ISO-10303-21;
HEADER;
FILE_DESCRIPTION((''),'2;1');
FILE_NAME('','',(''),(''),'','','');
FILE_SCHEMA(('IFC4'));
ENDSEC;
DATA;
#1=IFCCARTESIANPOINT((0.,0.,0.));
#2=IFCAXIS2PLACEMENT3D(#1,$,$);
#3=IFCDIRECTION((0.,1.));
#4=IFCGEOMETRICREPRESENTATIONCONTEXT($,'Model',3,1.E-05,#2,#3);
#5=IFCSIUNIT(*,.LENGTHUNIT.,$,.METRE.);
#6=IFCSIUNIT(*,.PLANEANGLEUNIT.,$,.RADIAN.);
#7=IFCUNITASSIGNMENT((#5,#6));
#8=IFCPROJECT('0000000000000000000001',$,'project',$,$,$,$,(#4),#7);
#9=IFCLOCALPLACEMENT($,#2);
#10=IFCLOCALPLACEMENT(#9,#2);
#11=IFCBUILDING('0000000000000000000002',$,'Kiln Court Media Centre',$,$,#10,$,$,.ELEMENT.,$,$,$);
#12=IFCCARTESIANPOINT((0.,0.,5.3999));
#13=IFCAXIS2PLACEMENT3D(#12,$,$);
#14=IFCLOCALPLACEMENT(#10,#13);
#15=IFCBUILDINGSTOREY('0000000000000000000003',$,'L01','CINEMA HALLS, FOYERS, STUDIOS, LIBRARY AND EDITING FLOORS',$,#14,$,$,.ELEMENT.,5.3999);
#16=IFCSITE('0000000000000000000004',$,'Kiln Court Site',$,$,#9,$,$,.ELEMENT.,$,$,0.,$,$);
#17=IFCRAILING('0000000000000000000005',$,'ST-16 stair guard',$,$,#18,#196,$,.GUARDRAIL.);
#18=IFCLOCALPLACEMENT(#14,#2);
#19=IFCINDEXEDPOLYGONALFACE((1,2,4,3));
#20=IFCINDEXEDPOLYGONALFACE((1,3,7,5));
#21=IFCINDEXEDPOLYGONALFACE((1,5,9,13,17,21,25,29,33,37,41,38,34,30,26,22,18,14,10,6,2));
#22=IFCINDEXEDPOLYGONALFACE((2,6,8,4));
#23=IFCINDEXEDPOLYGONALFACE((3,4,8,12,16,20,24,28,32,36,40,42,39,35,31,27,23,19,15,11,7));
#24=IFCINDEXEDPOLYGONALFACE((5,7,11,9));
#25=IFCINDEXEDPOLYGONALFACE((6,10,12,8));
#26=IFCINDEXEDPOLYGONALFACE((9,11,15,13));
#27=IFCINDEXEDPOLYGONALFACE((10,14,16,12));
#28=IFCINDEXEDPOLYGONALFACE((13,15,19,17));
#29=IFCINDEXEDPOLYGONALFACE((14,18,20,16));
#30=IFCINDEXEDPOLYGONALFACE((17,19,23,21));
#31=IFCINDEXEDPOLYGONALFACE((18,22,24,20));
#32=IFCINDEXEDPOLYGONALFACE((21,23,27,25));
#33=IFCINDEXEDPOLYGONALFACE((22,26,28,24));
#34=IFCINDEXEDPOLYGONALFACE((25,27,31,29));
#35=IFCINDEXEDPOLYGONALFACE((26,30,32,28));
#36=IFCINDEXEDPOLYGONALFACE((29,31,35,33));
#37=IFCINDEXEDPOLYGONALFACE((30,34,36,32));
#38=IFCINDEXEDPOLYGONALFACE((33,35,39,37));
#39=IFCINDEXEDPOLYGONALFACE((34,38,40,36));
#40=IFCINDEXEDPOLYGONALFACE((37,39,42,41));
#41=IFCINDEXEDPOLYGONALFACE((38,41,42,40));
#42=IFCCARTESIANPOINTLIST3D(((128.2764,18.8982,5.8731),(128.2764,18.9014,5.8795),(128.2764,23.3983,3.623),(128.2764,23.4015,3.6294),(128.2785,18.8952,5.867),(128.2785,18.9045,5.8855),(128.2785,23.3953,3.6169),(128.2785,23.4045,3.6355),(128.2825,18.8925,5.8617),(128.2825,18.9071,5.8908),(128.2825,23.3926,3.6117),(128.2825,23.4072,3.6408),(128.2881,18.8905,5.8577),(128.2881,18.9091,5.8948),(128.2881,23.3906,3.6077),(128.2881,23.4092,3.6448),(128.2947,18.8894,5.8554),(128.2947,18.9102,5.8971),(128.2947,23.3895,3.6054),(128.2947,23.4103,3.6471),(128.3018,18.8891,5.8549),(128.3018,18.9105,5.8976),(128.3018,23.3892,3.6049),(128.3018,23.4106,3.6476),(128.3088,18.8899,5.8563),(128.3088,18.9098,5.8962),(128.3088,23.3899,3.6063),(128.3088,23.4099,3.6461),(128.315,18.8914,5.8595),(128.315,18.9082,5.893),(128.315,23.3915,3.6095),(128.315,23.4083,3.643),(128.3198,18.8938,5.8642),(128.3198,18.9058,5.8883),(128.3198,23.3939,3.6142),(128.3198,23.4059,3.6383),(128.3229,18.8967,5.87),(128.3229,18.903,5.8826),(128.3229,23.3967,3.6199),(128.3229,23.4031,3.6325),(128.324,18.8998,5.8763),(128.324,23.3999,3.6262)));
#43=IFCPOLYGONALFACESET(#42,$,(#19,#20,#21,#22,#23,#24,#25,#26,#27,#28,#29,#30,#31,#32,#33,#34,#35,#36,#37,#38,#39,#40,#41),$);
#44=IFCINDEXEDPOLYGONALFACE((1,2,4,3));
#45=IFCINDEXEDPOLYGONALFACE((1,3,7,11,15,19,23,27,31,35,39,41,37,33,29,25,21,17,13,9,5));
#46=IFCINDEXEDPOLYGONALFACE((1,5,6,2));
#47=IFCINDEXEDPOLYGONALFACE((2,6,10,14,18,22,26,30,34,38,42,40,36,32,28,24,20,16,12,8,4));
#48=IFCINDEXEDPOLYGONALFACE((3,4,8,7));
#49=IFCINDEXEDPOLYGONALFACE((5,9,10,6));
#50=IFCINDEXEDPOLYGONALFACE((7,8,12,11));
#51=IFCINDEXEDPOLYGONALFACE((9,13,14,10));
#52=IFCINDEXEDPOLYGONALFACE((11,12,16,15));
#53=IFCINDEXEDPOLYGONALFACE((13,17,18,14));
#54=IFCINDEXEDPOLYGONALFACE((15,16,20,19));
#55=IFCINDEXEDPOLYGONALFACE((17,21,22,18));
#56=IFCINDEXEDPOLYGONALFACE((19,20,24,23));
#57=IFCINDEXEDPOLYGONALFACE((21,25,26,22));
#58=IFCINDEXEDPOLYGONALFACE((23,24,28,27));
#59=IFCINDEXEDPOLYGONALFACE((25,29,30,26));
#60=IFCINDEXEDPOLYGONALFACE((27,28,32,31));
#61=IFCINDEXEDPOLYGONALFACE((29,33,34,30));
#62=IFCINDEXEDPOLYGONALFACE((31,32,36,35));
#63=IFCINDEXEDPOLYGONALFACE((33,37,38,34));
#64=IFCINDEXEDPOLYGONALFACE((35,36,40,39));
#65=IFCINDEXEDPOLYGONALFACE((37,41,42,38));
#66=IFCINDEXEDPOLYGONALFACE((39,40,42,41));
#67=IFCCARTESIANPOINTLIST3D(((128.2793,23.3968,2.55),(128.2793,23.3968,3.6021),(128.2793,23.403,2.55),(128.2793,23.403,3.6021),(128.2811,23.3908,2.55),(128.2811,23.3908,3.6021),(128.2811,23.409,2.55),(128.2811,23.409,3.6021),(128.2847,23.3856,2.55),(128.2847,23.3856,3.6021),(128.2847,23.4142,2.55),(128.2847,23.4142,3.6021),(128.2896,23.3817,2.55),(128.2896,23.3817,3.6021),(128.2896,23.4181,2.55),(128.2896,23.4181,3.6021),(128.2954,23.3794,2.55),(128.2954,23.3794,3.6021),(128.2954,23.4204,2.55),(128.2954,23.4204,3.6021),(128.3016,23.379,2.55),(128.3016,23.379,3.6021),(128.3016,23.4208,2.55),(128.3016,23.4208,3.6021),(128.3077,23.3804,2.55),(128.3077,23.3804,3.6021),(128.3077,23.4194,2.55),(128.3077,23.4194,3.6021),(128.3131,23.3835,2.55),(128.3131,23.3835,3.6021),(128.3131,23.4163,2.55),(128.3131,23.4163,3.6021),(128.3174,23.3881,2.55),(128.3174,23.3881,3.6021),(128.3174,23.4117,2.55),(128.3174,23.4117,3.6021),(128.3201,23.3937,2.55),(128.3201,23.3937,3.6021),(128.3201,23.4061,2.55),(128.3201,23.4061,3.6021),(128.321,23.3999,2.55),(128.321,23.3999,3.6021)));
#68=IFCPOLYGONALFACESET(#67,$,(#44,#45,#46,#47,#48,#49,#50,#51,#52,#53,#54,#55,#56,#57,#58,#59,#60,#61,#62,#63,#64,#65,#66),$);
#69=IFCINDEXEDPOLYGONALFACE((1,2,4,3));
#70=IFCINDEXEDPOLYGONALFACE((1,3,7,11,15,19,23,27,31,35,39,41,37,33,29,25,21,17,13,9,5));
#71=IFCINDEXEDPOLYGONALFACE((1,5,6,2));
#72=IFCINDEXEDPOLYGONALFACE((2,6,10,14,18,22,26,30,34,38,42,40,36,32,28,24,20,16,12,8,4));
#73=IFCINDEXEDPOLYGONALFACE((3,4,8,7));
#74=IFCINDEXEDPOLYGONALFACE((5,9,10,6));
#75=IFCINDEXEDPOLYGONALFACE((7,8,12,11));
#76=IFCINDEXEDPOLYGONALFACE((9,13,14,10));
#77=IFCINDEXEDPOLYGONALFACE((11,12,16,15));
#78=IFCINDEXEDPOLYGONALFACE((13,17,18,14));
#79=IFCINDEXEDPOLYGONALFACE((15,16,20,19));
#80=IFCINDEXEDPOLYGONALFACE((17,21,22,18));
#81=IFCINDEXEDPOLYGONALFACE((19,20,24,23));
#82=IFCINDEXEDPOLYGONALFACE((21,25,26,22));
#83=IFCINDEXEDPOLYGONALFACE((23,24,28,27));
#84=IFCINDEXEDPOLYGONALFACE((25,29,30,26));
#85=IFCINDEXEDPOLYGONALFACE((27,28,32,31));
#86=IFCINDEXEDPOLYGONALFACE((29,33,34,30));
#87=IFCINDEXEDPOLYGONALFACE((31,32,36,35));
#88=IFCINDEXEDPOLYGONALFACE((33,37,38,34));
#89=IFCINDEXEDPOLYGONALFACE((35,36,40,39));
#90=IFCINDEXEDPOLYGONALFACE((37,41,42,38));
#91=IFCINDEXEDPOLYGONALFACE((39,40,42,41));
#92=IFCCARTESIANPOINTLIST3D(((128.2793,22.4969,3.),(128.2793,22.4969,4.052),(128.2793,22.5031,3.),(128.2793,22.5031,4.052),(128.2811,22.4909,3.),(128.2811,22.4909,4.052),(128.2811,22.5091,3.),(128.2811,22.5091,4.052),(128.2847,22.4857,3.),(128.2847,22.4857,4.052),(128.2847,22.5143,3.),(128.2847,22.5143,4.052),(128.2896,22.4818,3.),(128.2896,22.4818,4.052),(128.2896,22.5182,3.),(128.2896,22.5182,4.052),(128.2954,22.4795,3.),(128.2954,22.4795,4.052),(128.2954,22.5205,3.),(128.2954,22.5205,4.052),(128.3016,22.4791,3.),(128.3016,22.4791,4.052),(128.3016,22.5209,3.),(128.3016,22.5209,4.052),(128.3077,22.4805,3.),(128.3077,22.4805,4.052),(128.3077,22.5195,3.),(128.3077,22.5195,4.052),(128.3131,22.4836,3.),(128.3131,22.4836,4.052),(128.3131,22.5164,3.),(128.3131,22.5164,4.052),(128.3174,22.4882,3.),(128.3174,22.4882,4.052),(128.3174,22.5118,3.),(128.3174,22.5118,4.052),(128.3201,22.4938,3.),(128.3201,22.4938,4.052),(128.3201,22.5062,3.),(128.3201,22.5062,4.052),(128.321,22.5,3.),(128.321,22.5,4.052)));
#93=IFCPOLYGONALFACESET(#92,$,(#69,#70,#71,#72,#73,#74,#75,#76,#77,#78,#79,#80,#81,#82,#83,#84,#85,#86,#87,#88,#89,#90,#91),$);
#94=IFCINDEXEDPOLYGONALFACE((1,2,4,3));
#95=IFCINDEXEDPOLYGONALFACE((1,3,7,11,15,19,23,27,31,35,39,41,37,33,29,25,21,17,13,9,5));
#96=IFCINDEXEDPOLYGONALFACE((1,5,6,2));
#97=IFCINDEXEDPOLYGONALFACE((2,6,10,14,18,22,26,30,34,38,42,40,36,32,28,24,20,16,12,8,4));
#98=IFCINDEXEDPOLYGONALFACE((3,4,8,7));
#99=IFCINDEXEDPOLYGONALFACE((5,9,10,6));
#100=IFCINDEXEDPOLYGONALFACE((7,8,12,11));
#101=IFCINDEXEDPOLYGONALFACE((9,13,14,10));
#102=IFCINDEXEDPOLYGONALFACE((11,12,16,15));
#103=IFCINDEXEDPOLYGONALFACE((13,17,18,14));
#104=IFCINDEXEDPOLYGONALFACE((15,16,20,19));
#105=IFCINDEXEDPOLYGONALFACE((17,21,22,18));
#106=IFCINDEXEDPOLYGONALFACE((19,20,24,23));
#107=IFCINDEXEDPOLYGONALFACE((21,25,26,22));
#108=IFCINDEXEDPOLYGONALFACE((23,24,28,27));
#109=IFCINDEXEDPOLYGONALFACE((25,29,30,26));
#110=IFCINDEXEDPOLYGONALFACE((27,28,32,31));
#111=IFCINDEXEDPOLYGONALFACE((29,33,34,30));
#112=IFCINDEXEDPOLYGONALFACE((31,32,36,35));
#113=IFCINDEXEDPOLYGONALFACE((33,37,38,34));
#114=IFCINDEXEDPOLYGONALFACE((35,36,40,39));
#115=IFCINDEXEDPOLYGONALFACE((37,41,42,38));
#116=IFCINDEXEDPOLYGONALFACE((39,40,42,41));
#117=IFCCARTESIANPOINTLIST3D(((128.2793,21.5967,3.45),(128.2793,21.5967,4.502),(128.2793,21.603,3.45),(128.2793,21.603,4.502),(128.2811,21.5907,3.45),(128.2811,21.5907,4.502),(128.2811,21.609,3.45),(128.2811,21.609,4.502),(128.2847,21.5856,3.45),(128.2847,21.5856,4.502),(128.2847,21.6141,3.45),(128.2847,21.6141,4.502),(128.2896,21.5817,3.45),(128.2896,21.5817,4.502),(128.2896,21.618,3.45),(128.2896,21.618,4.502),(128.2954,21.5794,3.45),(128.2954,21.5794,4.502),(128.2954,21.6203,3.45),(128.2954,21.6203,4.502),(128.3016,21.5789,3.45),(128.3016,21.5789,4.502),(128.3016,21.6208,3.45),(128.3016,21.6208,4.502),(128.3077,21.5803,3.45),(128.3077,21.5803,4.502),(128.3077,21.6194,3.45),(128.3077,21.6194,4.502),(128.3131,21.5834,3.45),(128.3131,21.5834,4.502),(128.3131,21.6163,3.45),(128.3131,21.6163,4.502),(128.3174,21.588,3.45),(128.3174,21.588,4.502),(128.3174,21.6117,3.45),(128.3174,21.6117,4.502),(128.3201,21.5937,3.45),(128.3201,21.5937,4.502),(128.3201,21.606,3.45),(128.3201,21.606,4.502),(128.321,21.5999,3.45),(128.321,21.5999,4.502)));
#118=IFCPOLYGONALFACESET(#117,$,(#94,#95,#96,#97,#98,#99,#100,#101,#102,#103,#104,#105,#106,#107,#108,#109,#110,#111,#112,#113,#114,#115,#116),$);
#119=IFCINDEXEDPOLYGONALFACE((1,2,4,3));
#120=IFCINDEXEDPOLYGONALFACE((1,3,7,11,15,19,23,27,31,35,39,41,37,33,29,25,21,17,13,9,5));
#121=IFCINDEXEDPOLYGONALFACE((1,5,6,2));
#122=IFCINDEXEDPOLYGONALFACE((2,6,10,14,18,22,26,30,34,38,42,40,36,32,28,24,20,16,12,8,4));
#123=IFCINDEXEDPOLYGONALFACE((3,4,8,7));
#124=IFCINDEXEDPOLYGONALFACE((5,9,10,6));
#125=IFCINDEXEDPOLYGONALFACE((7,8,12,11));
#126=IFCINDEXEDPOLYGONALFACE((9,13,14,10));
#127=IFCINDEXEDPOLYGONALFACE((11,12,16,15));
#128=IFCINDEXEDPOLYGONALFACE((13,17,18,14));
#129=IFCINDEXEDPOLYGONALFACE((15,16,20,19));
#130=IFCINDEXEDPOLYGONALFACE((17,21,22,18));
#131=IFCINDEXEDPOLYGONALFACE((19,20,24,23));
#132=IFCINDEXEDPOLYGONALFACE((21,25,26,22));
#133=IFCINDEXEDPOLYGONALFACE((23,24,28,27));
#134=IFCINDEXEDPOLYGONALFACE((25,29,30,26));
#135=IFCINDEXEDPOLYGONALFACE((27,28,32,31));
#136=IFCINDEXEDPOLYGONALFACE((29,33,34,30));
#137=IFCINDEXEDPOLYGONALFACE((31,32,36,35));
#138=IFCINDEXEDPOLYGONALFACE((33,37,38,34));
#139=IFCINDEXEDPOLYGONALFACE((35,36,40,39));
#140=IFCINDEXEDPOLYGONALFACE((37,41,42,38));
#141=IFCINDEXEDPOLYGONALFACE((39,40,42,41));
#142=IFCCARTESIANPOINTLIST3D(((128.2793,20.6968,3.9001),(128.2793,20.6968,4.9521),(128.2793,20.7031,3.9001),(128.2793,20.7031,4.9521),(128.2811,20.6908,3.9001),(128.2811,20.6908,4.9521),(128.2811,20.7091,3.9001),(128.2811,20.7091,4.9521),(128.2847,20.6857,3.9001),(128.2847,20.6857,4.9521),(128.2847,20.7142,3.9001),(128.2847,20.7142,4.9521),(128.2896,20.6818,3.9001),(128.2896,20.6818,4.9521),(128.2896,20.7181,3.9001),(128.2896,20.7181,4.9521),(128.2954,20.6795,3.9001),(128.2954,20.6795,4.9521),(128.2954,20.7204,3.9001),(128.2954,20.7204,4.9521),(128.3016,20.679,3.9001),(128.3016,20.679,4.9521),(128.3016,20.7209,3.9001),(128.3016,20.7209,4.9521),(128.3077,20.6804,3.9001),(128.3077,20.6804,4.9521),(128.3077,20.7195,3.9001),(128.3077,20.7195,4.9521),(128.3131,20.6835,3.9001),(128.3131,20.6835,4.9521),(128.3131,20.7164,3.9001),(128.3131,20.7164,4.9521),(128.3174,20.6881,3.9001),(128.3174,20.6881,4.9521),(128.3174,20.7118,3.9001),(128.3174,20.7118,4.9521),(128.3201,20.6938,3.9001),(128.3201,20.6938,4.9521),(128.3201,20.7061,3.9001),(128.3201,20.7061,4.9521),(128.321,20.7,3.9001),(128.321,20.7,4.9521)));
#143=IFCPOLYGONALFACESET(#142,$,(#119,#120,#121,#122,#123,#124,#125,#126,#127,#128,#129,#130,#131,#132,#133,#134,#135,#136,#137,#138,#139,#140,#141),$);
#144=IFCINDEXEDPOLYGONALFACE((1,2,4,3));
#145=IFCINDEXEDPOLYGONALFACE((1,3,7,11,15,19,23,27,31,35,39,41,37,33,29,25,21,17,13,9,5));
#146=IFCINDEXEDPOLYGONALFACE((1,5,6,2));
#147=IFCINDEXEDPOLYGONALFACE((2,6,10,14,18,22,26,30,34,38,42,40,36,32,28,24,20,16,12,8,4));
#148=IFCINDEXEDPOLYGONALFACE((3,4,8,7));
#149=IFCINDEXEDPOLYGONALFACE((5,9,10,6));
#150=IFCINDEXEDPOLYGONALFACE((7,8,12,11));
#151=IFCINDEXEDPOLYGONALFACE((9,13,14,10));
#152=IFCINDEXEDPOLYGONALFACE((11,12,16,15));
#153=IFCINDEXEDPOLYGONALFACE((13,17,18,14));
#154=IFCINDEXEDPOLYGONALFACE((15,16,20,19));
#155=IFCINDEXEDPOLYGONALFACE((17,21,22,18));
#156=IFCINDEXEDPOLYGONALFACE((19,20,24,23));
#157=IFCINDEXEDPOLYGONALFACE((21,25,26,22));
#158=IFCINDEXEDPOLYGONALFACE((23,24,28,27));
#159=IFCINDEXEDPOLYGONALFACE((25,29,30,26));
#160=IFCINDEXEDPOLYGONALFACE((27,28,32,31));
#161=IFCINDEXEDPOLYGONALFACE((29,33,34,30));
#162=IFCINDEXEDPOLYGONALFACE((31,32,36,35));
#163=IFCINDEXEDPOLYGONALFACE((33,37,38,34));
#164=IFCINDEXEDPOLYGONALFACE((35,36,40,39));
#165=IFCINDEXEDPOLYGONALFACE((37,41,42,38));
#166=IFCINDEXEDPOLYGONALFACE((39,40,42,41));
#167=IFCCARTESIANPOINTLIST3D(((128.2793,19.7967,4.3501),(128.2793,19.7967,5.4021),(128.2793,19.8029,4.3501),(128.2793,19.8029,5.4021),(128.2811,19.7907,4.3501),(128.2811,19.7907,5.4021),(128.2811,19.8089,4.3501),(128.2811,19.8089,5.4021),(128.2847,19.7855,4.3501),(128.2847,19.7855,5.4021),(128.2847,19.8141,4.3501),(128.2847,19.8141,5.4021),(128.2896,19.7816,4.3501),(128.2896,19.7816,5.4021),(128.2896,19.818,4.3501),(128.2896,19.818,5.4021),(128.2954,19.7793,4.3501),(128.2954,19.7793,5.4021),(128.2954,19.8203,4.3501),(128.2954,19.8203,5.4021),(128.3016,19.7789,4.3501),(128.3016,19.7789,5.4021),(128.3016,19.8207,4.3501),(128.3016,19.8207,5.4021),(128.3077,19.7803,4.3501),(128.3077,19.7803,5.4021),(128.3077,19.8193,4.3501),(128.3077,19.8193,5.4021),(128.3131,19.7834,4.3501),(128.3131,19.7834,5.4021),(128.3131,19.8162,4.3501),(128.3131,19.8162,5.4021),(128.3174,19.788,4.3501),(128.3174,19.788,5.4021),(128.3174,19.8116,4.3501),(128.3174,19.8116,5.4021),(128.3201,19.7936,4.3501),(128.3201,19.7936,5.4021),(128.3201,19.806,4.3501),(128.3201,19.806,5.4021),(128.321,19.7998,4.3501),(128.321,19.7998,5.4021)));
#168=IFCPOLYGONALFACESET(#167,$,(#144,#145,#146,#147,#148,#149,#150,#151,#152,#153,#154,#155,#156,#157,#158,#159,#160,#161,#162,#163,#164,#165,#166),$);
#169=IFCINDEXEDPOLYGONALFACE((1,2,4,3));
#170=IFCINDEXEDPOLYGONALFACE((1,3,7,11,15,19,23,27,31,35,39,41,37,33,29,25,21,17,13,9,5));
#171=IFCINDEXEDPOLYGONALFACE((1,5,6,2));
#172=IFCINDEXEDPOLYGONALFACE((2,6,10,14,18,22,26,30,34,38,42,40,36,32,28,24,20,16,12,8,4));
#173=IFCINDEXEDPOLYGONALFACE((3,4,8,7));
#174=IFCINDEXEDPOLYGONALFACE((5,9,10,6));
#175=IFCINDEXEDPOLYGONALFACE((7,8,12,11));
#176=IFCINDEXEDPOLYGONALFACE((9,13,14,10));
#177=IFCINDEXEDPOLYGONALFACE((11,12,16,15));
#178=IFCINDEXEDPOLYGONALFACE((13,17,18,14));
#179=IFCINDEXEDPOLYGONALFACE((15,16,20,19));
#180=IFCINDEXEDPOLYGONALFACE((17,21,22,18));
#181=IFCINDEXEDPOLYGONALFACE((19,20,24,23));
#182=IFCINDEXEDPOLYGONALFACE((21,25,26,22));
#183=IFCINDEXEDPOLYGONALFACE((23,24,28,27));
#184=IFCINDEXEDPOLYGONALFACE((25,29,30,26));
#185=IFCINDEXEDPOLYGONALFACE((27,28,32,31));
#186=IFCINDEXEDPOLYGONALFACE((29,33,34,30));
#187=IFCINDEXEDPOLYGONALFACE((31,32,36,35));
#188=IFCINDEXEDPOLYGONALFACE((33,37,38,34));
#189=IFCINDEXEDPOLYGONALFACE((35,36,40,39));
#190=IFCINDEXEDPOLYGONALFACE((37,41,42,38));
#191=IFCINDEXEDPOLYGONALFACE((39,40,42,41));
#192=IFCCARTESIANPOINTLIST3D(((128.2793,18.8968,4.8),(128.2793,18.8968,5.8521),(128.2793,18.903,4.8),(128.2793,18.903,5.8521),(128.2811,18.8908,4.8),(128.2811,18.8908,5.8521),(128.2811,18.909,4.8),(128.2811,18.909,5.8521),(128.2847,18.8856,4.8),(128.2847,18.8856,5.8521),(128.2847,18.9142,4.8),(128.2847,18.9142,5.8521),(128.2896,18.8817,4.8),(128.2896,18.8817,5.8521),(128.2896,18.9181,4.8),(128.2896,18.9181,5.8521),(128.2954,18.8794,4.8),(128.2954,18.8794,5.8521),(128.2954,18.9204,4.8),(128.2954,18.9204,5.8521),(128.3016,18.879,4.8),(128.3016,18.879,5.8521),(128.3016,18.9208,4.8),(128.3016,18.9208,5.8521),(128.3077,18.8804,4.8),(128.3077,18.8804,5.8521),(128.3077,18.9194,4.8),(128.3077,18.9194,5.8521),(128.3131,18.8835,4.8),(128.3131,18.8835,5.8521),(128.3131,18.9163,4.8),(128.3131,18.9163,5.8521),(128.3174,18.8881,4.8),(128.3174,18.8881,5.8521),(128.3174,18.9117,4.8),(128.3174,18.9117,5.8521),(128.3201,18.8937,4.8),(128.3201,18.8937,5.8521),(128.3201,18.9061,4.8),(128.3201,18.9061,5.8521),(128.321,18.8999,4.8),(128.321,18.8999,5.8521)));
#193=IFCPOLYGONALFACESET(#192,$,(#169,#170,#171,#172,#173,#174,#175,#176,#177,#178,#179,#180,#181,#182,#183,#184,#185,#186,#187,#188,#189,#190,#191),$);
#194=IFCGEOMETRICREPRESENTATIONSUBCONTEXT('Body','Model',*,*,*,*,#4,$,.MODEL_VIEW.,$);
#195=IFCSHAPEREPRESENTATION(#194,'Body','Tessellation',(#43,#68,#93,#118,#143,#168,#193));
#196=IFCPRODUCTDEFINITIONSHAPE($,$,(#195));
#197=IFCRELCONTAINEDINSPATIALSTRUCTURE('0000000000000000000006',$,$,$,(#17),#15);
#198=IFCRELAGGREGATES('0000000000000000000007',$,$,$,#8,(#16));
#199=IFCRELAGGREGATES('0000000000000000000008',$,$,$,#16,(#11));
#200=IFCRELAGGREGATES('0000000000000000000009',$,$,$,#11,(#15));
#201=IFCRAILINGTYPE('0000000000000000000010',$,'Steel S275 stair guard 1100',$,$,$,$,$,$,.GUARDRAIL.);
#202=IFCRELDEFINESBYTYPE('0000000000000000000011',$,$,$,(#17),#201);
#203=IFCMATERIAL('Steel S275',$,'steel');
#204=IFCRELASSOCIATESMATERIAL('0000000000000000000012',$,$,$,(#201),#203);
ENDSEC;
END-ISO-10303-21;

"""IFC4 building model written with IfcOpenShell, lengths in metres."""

from ifc_helpers import new_model, si_unit, direction, frame, origin, origin_2d, place, context, subcontext, project, spatial, circle, extrude, material, type_object, element, save


model = new_model("IFC4")

# Units and contexts
model_context = context("Model", 3, precision=1e-05, world=origin(), true_north=direction((0.0, 1.0)))
body_context = subcontext(model_context, "Body", "Model", "MODEL_VIEW")
ifc_project = project(units=[si_unit("LENGTHUNIT", "METRE"), si_unit("PLANEANGLEUNIT", "RADIAN")], contexts=[model_context])

# Site, building, storey
site_placement = place(None, origin())
site = spatial("IfcSite", under=ifc_project, at=site_placement, Name="Kiln Court Site", CompositionType="ELEMENT", RefElevation=0.0)
building_placement = place(site_placement, origin())
building = spatial("IfcBuilding", under=site, at=building_placement, Name="Kiln Court Media Centre", CompositionType="ELEMENT")
storey_placement = place(building_placement, frame((0.0, 0.0, 5.3999)))
storey = spatial("IfcBuildingStorey", under=building, at=storey_placement, Name="L01", Description="CINEMA HALLS, FOYERS, STUDIOS, LIBRARY AND EDITING FLOORS", CompositionType="ELEMENT", Elevation=5.3999)

# Railing
ifc_material_1 = material(Name="Steel S275", Category="steel")
railing_type_1 = type_object("IfcRailingType", Name="Steel S275 stair guard 1100", PredefinedType="GUARDRAIL", material=ifc_material_1)
railing_1_placement = place(storey_placement, frame((128.3, 23.3999, 2.55)))
element("IfcRailing", 1, at=railing_1_placement, inside=storey, type_object=railing_type_1, Name="ST-16 stair guard", PredefinedType="GUARDRAIL", context=body_context, shape_type="SweptSolid", body=[
    extrude(circle(Radius=0.0239, at=origin_2d()), frame((0.0, 0.0, 1.0762), z_axis=(0.0, -0.894427, 0.447214), x_axis=(1.0, 0.0, 0.0)), (0.0, 0.0, 1.0), 5.0312),
    extrude(circle(Radius=0.021, at=origin_2d()), origin(), (0.0, 0.0, 1.0), 1.052),
    extrude(circle(Radius=0.021, at=origin_2d()), frame((0.0, -0.8999, 0.45)), (0.0, 0.0, 1.0), 1.052),
    extrude(circle(Radius=0.021, at=origin_2d()), frame((0.0, -1.8, 0.8999)), (0.0, 0.0, 1.0), 1.052),
    extrude(circle(Radius=0.021, at=origin_2d()), frame((0.0, -2.7, 1.3501)), (0.0, 0.0, 1.0), 1.052),
    extrude(circle(Radius=0.021, at=origin_2d()), frame((0.0, -3.6001, 1.8)), (0.0, 0.0, 1.0), 1.052),
    extrude(circle(Radius=0.021, at=origin_2d()), frame((0.0, -4.5, 2.25)), (0.0, 0.0, 1.0), 1.052),
])

save(model, "model.ifc")
